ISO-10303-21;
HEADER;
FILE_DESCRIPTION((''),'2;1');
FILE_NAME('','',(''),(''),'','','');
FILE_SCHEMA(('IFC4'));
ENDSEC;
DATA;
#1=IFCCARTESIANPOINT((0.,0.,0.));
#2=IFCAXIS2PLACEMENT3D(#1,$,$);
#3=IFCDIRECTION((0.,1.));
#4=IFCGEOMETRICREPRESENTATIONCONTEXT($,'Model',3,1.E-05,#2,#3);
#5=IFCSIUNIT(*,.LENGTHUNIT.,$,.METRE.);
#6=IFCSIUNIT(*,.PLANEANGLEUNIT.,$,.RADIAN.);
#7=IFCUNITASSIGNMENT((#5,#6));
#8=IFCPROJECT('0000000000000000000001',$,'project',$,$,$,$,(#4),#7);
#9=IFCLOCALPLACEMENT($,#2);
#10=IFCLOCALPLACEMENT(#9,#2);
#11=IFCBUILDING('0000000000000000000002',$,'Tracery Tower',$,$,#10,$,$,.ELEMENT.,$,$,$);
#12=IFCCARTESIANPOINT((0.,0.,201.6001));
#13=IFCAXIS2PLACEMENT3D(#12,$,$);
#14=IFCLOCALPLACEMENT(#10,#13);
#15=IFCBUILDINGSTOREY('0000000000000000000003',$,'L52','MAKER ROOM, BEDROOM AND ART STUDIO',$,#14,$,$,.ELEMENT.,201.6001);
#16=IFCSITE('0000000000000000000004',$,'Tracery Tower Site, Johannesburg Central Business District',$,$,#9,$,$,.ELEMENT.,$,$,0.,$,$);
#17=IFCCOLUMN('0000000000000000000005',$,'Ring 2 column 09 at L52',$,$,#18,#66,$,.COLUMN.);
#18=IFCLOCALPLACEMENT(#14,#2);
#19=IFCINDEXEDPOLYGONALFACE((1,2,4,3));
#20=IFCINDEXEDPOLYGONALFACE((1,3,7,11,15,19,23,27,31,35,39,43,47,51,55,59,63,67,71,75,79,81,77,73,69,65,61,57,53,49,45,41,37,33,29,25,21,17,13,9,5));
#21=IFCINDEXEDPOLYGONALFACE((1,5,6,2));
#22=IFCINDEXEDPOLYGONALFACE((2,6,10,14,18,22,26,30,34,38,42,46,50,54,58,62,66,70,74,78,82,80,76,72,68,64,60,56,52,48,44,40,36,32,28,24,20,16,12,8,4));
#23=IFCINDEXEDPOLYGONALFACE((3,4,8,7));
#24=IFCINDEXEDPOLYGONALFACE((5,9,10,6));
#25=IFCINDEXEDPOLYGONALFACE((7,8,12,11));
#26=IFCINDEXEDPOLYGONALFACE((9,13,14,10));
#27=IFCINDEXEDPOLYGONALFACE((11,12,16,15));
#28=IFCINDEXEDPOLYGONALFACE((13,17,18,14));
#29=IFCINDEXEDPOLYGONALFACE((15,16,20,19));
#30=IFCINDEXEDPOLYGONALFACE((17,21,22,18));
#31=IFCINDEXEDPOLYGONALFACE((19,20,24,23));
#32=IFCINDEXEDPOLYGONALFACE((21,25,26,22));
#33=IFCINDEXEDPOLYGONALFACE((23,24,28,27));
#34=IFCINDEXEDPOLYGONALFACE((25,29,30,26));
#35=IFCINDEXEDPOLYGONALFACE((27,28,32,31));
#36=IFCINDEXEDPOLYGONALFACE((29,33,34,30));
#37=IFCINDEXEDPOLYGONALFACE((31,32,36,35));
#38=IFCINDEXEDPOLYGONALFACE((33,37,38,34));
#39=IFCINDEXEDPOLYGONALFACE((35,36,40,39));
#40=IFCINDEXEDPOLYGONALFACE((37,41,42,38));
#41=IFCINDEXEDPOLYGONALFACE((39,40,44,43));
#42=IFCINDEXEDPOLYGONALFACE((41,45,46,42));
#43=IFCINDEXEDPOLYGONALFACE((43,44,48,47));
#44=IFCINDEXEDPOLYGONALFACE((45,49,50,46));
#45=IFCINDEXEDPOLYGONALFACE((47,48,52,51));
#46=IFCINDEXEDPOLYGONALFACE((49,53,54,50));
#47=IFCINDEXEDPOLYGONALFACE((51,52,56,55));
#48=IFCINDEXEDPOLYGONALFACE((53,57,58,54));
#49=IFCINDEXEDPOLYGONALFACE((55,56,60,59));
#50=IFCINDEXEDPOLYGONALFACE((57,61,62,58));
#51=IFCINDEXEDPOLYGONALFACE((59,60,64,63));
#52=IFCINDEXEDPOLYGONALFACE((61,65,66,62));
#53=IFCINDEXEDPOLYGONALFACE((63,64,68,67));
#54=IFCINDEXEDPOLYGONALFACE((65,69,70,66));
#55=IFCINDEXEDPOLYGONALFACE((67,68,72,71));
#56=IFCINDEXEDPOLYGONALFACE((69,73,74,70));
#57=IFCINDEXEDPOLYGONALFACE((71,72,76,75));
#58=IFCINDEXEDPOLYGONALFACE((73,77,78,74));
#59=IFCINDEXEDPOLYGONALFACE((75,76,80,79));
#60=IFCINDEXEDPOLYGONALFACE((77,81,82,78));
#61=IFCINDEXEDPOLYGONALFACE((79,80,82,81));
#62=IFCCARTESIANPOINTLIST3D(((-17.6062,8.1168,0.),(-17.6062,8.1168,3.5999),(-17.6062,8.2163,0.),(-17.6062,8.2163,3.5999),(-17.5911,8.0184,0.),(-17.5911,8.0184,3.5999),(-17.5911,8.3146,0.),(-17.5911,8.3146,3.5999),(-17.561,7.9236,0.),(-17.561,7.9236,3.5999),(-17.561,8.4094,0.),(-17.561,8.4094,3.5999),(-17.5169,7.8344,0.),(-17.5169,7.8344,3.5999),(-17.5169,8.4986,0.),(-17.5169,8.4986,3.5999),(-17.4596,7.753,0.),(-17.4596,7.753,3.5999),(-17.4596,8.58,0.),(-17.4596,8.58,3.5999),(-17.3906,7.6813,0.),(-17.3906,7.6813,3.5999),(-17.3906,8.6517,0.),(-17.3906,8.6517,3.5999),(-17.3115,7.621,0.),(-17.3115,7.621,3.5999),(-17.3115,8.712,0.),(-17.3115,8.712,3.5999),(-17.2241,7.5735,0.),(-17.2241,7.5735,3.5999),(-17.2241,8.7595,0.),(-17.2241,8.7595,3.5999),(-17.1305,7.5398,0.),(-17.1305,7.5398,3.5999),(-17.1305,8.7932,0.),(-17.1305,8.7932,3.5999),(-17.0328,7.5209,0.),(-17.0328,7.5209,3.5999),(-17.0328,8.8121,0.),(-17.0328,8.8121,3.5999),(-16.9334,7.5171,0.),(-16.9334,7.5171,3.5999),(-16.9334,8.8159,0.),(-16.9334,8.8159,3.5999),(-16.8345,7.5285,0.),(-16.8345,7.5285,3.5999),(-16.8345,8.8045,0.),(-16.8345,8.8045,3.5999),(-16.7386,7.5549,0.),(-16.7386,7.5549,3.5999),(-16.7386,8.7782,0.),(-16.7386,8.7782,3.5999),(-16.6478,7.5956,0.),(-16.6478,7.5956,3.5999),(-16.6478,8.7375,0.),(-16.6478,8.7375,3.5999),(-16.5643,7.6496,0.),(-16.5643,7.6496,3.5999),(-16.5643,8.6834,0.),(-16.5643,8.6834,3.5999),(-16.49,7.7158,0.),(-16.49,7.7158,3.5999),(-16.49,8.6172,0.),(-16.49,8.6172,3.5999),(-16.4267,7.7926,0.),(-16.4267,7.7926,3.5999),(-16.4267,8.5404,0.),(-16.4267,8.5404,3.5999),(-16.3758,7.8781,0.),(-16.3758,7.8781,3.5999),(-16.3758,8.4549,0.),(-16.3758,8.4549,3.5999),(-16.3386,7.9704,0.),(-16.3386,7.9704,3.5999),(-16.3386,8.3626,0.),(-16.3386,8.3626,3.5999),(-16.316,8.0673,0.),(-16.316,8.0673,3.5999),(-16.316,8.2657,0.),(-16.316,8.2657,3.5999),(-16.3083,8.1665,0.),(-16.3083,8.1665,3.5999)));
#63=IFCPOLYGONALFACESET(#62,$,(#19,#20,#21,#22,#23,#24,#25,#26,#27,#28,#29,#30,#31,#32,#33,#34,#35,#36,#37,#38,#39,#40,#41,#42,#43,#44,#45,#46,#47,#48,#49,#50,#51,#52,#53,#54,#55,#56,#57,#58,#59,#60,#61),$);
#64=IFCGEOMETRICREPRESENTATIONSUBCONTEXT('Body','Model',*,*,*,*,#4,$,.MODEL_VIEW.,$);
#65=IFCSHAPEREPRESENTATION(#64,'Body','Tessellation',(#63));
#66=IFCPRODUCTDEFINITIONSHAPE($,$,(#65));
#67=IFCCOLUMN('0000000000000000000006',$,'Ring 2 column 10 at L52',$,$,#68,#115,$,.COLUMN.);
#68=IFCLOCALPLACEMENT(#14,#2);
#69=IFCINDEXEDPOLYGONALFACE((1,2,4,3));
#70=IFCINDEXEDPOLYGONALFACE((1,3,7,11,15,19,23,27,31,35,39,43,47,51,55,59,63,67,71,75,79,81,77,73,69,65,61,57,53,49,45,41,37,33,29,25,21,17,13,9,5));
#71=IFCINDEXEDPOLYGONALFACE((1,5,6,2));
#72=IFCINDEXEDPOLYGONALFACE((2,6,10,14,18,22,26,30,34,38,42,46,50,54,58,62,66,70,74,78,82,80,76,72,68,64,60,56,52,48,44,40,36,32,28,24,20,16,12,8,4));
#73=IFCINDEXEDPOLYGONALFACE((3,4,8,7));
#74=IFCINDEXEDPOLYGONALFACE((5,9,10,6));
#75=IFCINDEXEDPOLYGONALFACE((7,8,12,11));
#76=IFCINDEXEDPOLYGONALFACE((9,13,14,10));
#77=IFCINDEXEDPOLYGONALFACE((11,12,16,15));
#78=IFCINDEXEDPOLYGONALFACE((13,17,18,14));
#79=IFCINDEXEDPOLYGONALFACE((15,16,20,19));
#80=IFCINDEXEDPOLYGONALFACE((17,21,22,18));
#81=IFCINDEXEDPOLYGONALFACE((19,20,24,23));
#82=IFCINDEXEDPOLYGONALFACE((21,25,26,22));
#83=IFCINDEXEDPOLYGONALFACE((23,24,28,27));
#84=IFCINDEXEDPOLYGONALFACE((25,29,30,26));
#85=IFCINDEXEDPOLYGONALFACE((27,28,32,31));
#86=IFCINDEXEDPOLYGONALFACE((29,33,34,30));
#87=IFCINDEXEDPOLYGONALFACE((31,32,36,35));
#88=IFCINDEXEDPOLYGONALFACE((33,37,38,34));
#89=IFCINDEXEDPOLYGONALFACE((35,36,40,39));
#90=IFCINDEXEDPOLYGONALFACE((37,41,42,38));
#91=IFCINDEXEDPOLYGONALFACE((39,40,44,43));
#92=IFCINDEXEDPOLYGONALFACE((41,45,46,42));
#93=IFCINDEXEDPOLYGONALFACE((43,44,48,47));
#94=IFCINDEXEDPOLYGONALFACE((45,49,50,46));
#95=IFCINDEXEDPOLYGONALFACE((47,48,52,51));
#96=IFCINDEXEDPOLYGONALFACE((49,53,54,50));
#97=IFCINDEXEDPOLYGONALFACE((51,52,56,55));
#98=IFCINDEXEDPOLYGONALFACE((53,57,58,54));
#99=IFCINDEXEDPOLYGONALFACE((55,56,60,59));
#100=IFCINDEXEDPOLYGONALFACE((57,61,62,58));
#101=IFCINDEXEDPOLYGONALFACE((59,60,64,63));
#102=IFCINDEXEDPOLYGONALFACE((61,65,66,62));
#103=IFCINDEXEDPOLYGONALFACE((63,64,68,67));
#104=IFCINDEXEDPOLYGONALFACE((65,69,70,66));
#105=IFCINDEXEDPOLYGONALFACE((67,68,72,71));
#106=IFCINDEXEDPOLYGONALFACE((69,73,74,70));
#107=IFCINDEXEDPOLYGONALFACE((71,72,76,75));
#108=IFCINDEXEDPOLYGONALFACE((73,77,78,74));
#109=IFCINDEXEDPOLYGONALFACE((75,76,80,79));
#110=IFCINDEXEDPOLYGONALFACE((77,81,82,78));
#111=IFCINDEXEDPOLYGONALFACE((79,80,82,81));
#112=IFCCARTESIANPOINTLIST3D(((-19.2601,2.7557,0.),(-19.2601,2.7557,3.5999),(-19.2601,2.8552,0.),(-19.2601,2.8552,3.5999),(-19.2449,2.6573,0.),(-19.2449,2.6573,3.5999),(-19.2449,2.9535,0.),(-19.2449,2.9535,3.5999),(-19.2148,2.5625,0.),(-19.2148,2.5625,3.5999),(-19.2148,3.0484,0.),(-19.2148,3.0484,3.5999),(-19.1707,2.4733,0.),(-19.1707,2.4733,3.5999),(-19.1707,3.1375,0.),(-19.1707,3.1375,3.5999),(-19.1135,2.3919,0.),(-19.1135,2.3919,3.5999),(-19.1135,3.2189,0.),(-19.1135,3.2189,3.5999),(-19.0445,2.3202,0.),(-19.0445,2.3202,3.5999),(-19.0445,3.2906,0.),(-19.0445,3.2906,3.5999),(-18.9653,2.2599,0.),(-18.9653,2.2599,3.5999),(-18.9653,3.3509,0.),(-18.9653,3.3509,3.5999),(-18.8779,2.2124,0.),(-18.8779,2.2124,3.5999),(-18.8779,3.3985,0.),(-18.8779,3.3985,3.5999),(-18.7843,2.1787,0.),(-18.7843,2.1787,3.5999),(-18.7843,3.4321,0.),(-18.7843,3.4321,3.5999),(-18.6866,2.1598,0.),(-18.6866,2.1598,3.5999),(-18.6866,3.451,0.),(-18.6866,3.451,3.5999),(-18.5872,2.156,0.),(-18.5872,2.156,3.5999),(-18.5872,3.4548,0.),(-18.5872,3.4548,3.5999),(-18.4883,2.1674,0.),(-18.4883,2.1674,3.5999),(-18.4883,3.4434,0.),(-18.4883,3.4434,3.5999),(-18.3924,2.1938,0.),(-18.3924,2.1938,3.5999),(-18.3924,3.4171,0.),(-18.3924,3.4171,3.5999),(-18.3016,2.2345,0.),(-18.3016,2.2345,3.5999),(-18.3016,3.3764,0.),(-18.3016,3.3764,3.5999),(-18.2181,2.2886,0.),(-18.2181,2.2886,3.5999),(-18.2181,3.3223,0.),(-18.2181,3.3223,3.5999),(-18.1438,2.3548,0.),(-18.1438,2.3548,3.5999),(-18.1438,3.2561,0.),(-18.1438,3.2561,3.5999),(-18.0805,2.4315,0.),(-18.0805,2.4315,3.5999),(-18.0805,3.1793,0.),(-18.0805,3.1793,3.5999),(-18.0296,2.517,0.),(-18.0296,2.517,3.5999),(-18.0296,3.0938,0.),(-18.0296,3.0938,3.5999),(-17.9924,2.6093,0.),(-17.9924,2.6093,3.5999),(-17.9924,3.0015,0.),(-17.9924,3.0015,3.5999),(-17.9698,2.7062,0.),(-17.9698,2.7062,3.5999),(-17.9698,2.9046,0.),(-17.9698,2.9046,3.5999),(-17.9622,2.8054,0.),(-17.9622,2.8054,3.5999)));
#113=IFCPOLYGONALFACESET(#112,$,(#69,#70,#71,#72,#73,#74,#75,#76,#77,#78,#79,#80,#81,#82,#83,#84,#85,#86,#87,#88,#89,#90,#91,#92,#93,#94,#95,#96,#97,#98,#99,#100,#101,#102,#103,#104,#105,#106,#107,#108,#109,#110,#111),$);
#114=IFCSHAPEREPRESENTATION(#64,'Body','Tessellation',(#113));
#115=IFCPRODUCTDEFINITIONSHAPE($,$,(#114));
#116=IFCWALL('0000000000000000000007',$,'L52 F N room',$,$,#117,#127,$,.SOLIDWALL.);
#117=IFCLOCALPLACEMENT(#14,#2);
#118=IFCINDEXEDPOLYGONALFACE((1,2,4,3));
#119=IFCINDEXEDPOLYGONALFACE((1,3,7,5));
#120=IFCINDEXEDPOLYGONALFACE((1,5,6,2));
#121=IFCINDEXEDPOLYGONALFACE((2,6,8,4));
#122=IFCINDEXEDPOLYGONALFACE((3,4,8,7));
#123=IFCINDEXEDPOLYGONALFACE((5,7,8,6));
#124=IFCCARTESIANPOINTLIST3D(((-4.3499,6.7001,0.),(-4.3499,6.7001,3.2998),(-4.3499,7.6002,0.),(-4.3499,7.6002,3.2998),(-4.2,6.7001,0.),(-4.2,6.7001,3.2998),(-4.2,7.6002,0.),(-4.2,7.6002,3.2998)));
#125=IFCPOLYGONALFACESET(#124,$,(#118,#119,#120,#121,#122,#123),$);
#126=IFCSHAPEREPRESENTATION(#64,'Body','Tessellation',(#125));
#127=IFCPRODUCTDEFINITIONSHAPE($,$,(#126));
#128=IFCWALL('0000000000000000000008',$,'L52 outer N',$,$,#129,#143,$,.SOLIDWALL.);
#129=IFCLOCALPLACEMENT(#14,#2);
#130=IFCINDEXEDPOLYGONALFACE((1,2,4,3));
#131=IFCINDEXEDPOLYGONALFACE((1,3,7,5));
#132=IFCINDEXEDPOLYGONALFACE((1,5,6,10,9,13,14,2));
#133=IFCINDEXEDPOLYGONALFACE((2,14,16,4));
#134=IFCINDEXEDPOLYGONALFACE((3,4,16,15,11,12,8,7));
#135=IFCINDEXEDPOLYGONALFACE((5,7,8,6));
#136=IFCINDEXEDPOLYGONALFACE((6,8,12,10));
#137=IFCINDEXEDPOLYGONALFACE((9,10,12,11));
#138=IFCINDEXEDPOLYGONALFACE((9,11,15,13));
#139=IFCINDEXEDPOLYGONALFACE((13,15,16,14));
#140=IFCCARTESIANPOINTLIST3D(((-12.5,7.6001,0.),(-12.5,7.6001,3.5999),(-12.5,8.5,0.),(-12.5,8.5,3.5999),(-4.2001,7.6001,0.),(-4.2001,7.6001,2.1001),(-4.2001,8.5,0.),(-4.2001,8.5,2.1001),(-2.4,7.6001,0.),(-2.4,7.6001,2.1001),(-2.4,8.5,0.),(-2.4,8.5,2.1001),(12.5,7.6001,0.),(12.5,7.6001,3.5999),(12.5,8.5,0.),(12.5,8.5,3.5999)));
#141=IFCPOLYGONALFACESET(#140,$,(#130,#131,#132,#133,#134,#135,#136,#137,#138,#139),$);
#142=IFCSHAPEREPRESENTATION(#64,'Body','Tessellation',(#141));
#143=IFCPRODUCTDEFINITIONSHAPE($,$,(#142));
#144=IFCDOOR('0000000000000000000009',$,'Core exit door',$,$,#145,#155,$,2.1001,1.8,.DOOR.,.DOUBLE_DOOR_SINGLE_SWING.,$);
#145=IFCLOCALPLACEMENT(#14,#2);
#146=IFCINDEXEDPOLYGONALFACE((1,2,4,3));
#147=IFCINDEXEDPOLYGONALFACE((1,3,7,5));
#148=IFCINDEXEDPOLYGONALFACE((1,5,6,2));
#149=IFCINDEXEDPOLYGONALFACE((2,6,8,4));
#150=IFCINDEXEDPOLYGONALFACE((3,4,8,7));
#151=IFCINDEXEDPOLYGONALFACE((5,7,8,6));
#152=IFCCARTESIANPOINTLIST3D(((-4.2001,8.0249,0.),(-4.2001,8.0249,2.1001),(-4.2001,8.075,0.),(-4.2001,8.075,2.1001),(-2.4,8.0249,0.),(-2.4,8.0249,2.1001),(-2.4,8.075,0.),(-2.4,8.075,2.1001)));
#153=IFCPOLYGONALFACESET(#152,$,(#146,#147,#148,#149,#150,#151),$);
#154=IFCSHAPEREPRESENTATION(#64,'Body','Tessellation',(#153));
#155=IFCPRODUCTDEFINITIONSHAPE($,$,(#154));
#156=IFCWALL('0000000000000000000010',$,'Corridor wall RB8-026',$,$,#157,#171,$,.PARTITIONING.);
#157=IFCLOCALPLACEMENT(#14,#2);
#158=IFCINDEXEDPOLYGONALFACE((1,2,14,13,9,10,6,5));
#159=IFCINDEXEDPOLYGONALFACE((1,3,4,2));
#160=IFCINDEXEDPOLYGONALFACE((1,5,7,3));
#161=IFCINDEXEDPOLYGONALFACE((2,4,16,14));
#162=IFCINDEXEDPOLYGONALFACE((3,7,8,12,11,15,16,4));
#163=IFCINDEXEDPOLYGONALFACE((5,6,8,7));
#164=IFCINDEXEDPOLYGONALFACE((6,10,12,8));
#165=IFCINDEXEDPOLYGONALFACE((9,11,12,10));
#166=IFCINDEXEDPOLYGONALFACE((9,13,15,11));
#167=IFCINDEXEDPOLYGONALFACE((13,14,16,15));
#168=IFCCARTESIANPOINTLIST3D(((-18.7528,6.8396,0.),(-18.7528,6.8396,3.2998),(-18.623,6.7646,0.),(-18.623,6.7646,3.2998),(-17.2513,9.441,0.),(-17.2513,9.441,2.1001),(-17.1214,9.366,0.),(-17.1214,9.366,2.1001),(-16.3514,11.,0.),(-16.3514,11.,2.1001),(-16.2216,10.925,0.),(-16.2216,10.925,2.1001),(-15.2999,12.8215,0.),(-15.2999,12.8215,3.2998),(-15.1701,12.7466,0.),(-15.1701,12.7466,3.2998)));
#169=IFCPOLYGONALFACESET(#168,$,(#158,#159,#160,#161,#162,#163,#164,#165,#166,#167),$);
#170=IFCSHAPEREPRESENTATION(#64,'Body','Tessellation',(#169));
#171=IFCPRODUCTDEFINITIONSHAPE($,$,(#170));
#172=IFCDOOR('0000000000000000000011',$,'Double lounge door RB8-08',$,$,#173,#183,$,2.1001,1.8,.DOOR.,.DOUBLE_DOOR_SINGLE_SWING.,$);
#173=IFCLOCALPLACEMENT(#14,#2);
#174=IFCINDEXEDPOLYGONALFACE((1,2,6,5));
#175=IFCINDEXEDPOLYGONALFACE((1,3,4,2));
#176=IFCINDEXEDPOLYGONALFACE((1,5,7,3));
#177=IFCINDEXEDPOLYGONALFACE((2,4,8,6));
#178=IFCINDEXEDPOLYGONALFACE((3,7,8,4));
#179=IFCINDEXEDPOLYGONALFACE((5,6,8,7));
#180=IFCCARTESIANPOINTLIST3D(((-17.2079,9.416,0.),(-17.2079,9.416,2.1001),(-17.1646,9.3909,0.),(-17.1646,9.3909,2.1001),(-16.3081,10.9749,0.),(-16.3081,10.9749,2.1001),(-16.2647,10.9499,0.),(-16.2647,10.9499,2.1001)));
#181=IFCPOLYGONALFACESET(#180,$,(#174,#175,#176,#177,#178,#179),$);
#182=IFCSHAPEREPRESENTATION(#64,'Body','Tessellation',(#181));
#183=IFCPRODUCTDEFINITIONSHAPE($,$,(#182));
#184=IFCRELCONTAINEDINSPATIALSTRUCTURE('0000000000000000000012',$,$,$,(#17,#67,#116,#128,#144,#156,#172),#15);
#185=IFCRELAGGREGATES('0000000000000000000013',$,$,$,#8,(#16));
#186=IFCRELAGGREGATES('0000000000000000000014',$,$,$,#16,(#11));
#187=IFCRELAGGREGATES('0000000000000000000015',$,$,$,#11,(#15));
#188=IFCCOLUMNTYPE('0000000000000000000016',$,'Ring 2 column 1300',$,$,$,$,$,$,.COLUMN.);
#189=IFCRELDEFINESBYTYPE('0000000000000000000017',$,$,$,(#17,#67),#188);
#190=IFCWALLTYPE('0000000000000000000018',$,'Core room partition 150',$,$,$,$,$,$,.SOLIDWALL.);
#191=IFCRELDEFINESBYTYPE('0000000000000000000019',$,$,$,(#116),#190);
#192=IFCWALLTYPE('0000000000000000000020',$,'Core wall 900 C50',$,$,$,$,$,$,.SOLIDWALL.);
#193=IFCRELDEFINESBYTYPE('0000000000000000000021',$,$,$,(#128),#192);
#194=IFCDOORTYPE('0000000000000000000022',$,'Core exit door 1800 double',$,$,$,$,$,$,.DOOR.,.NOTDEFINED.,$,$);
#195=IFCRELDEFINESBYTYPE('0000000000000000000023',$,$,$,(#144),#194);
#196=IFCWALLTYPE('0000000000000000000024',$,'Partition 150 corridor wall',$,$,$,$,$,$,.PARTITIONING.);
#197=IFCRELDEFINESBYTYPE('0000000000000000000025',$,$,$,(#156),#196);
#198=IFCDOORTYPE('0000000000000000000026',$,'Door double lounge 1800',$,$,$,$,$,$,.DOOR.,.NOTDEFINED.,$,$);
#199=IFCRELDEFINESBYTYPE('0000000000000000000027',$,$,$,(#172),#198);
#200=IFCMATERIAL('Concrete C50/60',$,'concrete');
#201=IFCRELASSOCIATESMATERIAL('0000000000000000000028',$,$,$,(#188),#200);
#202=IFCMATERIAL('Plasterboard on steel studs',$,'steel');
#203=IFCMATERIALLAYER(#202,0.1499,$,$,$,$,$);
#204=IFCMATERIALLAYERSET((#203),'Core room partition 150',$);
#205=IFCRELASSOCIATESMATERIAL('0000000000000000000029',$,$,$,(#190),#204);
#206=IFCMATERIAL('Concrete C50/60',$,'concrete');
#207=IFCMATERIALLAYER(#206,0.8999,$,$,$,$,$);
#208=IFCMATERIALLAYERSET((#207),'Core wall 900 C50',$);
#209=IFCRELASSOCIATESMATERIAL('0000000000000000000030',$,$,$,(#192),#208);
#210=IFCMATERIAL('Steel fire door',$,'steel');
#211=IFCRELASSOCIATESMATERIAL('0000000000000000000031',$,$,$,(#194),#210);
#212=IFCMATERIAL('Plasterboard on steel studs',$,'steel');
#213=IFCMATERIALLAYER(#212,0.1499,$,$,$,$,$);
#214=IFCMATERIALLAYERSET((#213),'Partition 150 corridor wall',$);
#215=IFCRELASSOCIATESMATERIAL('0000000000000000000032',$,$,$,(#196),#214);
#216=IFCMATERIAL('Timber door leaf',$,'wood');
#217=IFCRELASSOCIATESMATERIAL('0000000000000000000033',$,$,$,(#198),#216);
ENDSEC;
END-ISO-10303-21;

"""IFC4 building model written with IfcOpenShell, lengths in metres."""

from ifc_helpers import new_model, si_unit, direction, frame, frame_2d, origin, origin_2d, place, context, subcontext, project, spatial, rectangle, circle, extrude, material, layer, layer_set, material_profile, profile_set, type_object, element, fill, save


model = new_model("IFC4")

# Units and contexts
model_context = context("Model", 3, precision=1e-05, world=origin(), true_north=direction((0.0, 1.0)))
body_context = subcontext(model_context, "Body", "Model", "MODEL_VIEW")
ifc_project = project(units=[si_unit("LENGTHUNIT", "METRE"), si_unit("PLANEANGLEUNIT", "RADIAN")], contexts=[model_context])

# Site, building, storey
site_placement = place(None, origin())
site = spatial("IfcSite", under=ifc_project, at=site_placement, Name="Tracery Tower Site, Johannesburg Central Business District", CompositionType="ELEMENT", RefElevation=0.0)
building_placement = place(site_placement, origin())
building = spatial("IfcBuilding", under=site, at=building_placement, Name="Tracery Tower", CompositionType="ELEMENT")
storey_placement = place(building_placement, frame((0.0, 0.0, 201.6001)))
storey = spatial("IfcBuildingStorey", under=building, at=storey_placement, Name="L52", Description="MAKER ROOM, BEDROOM AND ART STUDIO", CompositionType="ELEMENT", Elevation=201.6001)

# Columns
ifc_material_1 = material(Name="Concrete C50/60", Category="concrete")
ifc_material_profile = material_profile(ifc_material_1, circle(Radius=0.6499, at=origin_2d()), Name="RC D1300")
ifc_profile_set = profile_set([ifc_material_profile], Name="Concrete C50/60")
column_type = type_object("IfcColumnType", Name="Ring 2 column 1300", PredefinedType="COLUMN", material=ifc_profile_set)
for number, where, z_axis, x_axis, name in (
    (1, (-16.9583, 8.1665, 0.0), (0.0, 0.0, 1.0), (1.0, 0.0, 0.0), "Ring 2 column 09 at L52"),
    (2, (-18.6121, 2.8054, 0.0), (0.0, 0.0, 1.0), (1.0, 0.0, 0.0), "Ring 2 column 10 at L52"),
):
    element("IfcColumn", number, at=place(storey_placement, frame(where, z_axis=z_axis, x_axis=x_axis)), inside=storey, type_object=column_type, Name=name, PredefinedType="COLUMN", context=body_context, shape_type="SweptSolid", body=[
        extrude(circle(Radius=0.6499, at=origin_2d()), origin(), (0.0, 0.0, 1.0), 3.5999),
    ])

# Wall
ifc_material_2 = material(Name="Plasterboard on steel studs", Category="steel")
ifc_layer_1 = layer(ifc_material_2, 0.1499)
ifc_layer_set_1 = layer_set([ifc_layer_1], Name="Core room partition 150")
wall_type_1 = type_object("IfcWallType", Name="Core room partition 150", PredefinedType="SOLIDWALL", material=ifc_layer_set_1)
wall_1_placement = place(storey_placement, frame((-4.2749, 6.7, 0.0), z_axis=(0.0, 0.0, 1.0), x_axis=(0.0, 1.0, 0.0)))
element("IfcWall", 3, at=wall_1_placement, inside=storey, type_object=wall_type_1, Name="L52 F N room", PredefinedType="SOLIDWALL", context=body_context, shape_type="SweptSolid", body=[
    extrude(rectangle(XDim=0.9001, YDim=0.1499, at=frame_2d((0.4502, 0.0))), origin(), (0.0, 0.0, 1.0), 3.2998),
])

# Walls, openings, doors
ifc_material_3 = material(Name="Concrete C50/60", Category="concrete")
ifc_layer_2 = layer(ifc_material_3, 0.8999)
ifc_layer_set_2 = layer_set([ifc_layer_2], Name="Core wall 900 C50")
wall_type_2 = type_object("IfcWallType", Name="Core wall 900 C50", PredefinedType="SOLIDWALL", material=ifc_layer_set_2)
wall_2_placement = place(storey_placement, frame((-12.5, 8.05, 0.0), z_axis=(0.0, 0.0, 1.0), x_axis=(1.0, 0.0, 0.0)))
wall_2 = element("IfcWall", 4, at=wall_2_placement, inside=storey, type_object=wall_type_2, Name="L52 outer N", PredefinedType="SOLIDWALL", context=body_context, shape_type="SweptSolid", body=[
    extrude(rectangle(XDim=25.0, YDim=0.8999, at=frame_2d((12.5, 0.0))), origin(), (0.0, 0.0, 1.0), 3.5999),
])
opening_1_placement = place(wall_2_placement, frame((8.3, 0.0, 0.0)))
opening_1 = element("IfcOpeningElement", 5, at=opening_1_placement, cuts=wall_2, PredefinedType="OPENING", context=body_context, shape_type="SweptSolid", body=[
    extrude(rectangle(XDim=1.8, YDim=2.1001, at=frame_2d((0.8999, 1.05))), frame((0.0, 0.45, 0.0), z_axis=(0.0, -1.0, 0.0), x_axis=(1.0, 0.0, 0.0)), (0.0, 0.0, 1.0), 0.8999),
])
ifc_material_4 = material(Name="Steel fire door", Category="steel")
door_type_1 = type_object("IfcDoorType", Name="Core exit door 1800 double", OperationType="NOTDEFINED", PredefinedType="DOOR", material=ifc_material_4)
door_1_placement = place(opening_1_placement, origin())
door_1 = element("IfcDoor", 6, at=door_1_placement, inside=storey, type_object=door_type_1, Name="Core exit door", OperationType="DOUBLE_DOOR_SINGLE_SWING", OverallHeight=2.1001, OverallWidth=1.8, PredefinedType="DOOR", context=body_context, shape_type="SweptSolid", body=[
    extrude(rectangle(XDim=1.8, YDim=2.1001, at=frame_2d((0.8999, 1.05))), frame((0.0, 0.0249, 0.0), z_axis=(0.0, -1.0, 0.0), x_axis=(1.0, 0.0, 0.0)), (0.0, 0.0, 1.0), 0.05),
])
fill(opening_1, door_1)
ifc_material_5 = material(Name="Plasterboard on steel studs", Category="steel")
ifc_layer_3 = layer(ifc_material_5, 0.1499)
ifc_layer_set_3 = layer_set([ifc_layer_3], Name="Partition 150 corridor wall")
wall_type_3 = type_object("IfcWallType", Name="Partition 150 corridor wall", PredefinedType="PARTITIONING", material=ifc_layer_set_3)
wall_3_placement = place(storey_placement, frame((-18.688, 6.802, 0.0), z_axis=(0.0, 0.0, 1.0), x_axis=(0.499914, 0.866075, 0.0)))
wall_3 = element("IfcWall", 7, at=wall_3_placement, inside=storey, type_object=wall_type_3, Name="Corridor wall RB8-026", PredefinedType="PARTITIONING", context=body_context, shape_type="SweptSolid", body=[
    extrude(rectangle(XDim=6.907, YDim=0.1499, at=frame_2d((3.4536, 0.0))), origin(), (0.0, 0.0, 1.0), 3.2998),
])
opening_2_placement = place(wall_3_placement, frame((3.0039, 0.0, 0.0)))
opening_2 = element("IfcOpeningElement", 8, at=opening_2_placement, cuts=wall_3, PredefinedType="OPENING", context=body_context, shape_type="SweptSolid", body=[
    extrude(rectangle(XDim=1.8, YDim=2.1001, at=frame_2d((0.8999, 1.05))), frame((0.0, 0.075, 0.0), z_axis=(0.0, -1.0, 0.0), x_axis=(1.0, 0.0, 0.0)), (0.0, 0.0, 1.0), 0.1499),
])
ifc_material_6 = material(Name="Timber door leaf", Category="wood")
door_type_2 = type_object("IfcDoorType", Name="Door double lounge 1800", OperationType="NOTDEFINED", PredefinedType="DOOR", material=ifc_material_6)
door_2_placement = place(opening_2_placement, origin())
door_2 = element("IfcDoor", 9, at=door_2_placement, inside=storey, type_object=door_type_2, Name="Double lounge door RB8-08", OperationType="DOUBLE_DOOR_SINGLE_SWING", OverallHeight=2.1001, OverallWidth=1.8, PredefinedType="DOOR", context=body_context, shape_type="SweptSolid", body=[
    extrude(rectangle(XDim=1.8, YDim=2.1001, at=frame_2d((0.8999, 1.05))), frame((0.0, 0.0249, 0.0), z_axis=(0.0, -1.0, 0.0), x_axis=(1.0, 0.0, 0.0)), (0.0, 0.0, 1.0), 0.05),
])
fill(opening_2, door_2)

save(model, "model.ifc")
